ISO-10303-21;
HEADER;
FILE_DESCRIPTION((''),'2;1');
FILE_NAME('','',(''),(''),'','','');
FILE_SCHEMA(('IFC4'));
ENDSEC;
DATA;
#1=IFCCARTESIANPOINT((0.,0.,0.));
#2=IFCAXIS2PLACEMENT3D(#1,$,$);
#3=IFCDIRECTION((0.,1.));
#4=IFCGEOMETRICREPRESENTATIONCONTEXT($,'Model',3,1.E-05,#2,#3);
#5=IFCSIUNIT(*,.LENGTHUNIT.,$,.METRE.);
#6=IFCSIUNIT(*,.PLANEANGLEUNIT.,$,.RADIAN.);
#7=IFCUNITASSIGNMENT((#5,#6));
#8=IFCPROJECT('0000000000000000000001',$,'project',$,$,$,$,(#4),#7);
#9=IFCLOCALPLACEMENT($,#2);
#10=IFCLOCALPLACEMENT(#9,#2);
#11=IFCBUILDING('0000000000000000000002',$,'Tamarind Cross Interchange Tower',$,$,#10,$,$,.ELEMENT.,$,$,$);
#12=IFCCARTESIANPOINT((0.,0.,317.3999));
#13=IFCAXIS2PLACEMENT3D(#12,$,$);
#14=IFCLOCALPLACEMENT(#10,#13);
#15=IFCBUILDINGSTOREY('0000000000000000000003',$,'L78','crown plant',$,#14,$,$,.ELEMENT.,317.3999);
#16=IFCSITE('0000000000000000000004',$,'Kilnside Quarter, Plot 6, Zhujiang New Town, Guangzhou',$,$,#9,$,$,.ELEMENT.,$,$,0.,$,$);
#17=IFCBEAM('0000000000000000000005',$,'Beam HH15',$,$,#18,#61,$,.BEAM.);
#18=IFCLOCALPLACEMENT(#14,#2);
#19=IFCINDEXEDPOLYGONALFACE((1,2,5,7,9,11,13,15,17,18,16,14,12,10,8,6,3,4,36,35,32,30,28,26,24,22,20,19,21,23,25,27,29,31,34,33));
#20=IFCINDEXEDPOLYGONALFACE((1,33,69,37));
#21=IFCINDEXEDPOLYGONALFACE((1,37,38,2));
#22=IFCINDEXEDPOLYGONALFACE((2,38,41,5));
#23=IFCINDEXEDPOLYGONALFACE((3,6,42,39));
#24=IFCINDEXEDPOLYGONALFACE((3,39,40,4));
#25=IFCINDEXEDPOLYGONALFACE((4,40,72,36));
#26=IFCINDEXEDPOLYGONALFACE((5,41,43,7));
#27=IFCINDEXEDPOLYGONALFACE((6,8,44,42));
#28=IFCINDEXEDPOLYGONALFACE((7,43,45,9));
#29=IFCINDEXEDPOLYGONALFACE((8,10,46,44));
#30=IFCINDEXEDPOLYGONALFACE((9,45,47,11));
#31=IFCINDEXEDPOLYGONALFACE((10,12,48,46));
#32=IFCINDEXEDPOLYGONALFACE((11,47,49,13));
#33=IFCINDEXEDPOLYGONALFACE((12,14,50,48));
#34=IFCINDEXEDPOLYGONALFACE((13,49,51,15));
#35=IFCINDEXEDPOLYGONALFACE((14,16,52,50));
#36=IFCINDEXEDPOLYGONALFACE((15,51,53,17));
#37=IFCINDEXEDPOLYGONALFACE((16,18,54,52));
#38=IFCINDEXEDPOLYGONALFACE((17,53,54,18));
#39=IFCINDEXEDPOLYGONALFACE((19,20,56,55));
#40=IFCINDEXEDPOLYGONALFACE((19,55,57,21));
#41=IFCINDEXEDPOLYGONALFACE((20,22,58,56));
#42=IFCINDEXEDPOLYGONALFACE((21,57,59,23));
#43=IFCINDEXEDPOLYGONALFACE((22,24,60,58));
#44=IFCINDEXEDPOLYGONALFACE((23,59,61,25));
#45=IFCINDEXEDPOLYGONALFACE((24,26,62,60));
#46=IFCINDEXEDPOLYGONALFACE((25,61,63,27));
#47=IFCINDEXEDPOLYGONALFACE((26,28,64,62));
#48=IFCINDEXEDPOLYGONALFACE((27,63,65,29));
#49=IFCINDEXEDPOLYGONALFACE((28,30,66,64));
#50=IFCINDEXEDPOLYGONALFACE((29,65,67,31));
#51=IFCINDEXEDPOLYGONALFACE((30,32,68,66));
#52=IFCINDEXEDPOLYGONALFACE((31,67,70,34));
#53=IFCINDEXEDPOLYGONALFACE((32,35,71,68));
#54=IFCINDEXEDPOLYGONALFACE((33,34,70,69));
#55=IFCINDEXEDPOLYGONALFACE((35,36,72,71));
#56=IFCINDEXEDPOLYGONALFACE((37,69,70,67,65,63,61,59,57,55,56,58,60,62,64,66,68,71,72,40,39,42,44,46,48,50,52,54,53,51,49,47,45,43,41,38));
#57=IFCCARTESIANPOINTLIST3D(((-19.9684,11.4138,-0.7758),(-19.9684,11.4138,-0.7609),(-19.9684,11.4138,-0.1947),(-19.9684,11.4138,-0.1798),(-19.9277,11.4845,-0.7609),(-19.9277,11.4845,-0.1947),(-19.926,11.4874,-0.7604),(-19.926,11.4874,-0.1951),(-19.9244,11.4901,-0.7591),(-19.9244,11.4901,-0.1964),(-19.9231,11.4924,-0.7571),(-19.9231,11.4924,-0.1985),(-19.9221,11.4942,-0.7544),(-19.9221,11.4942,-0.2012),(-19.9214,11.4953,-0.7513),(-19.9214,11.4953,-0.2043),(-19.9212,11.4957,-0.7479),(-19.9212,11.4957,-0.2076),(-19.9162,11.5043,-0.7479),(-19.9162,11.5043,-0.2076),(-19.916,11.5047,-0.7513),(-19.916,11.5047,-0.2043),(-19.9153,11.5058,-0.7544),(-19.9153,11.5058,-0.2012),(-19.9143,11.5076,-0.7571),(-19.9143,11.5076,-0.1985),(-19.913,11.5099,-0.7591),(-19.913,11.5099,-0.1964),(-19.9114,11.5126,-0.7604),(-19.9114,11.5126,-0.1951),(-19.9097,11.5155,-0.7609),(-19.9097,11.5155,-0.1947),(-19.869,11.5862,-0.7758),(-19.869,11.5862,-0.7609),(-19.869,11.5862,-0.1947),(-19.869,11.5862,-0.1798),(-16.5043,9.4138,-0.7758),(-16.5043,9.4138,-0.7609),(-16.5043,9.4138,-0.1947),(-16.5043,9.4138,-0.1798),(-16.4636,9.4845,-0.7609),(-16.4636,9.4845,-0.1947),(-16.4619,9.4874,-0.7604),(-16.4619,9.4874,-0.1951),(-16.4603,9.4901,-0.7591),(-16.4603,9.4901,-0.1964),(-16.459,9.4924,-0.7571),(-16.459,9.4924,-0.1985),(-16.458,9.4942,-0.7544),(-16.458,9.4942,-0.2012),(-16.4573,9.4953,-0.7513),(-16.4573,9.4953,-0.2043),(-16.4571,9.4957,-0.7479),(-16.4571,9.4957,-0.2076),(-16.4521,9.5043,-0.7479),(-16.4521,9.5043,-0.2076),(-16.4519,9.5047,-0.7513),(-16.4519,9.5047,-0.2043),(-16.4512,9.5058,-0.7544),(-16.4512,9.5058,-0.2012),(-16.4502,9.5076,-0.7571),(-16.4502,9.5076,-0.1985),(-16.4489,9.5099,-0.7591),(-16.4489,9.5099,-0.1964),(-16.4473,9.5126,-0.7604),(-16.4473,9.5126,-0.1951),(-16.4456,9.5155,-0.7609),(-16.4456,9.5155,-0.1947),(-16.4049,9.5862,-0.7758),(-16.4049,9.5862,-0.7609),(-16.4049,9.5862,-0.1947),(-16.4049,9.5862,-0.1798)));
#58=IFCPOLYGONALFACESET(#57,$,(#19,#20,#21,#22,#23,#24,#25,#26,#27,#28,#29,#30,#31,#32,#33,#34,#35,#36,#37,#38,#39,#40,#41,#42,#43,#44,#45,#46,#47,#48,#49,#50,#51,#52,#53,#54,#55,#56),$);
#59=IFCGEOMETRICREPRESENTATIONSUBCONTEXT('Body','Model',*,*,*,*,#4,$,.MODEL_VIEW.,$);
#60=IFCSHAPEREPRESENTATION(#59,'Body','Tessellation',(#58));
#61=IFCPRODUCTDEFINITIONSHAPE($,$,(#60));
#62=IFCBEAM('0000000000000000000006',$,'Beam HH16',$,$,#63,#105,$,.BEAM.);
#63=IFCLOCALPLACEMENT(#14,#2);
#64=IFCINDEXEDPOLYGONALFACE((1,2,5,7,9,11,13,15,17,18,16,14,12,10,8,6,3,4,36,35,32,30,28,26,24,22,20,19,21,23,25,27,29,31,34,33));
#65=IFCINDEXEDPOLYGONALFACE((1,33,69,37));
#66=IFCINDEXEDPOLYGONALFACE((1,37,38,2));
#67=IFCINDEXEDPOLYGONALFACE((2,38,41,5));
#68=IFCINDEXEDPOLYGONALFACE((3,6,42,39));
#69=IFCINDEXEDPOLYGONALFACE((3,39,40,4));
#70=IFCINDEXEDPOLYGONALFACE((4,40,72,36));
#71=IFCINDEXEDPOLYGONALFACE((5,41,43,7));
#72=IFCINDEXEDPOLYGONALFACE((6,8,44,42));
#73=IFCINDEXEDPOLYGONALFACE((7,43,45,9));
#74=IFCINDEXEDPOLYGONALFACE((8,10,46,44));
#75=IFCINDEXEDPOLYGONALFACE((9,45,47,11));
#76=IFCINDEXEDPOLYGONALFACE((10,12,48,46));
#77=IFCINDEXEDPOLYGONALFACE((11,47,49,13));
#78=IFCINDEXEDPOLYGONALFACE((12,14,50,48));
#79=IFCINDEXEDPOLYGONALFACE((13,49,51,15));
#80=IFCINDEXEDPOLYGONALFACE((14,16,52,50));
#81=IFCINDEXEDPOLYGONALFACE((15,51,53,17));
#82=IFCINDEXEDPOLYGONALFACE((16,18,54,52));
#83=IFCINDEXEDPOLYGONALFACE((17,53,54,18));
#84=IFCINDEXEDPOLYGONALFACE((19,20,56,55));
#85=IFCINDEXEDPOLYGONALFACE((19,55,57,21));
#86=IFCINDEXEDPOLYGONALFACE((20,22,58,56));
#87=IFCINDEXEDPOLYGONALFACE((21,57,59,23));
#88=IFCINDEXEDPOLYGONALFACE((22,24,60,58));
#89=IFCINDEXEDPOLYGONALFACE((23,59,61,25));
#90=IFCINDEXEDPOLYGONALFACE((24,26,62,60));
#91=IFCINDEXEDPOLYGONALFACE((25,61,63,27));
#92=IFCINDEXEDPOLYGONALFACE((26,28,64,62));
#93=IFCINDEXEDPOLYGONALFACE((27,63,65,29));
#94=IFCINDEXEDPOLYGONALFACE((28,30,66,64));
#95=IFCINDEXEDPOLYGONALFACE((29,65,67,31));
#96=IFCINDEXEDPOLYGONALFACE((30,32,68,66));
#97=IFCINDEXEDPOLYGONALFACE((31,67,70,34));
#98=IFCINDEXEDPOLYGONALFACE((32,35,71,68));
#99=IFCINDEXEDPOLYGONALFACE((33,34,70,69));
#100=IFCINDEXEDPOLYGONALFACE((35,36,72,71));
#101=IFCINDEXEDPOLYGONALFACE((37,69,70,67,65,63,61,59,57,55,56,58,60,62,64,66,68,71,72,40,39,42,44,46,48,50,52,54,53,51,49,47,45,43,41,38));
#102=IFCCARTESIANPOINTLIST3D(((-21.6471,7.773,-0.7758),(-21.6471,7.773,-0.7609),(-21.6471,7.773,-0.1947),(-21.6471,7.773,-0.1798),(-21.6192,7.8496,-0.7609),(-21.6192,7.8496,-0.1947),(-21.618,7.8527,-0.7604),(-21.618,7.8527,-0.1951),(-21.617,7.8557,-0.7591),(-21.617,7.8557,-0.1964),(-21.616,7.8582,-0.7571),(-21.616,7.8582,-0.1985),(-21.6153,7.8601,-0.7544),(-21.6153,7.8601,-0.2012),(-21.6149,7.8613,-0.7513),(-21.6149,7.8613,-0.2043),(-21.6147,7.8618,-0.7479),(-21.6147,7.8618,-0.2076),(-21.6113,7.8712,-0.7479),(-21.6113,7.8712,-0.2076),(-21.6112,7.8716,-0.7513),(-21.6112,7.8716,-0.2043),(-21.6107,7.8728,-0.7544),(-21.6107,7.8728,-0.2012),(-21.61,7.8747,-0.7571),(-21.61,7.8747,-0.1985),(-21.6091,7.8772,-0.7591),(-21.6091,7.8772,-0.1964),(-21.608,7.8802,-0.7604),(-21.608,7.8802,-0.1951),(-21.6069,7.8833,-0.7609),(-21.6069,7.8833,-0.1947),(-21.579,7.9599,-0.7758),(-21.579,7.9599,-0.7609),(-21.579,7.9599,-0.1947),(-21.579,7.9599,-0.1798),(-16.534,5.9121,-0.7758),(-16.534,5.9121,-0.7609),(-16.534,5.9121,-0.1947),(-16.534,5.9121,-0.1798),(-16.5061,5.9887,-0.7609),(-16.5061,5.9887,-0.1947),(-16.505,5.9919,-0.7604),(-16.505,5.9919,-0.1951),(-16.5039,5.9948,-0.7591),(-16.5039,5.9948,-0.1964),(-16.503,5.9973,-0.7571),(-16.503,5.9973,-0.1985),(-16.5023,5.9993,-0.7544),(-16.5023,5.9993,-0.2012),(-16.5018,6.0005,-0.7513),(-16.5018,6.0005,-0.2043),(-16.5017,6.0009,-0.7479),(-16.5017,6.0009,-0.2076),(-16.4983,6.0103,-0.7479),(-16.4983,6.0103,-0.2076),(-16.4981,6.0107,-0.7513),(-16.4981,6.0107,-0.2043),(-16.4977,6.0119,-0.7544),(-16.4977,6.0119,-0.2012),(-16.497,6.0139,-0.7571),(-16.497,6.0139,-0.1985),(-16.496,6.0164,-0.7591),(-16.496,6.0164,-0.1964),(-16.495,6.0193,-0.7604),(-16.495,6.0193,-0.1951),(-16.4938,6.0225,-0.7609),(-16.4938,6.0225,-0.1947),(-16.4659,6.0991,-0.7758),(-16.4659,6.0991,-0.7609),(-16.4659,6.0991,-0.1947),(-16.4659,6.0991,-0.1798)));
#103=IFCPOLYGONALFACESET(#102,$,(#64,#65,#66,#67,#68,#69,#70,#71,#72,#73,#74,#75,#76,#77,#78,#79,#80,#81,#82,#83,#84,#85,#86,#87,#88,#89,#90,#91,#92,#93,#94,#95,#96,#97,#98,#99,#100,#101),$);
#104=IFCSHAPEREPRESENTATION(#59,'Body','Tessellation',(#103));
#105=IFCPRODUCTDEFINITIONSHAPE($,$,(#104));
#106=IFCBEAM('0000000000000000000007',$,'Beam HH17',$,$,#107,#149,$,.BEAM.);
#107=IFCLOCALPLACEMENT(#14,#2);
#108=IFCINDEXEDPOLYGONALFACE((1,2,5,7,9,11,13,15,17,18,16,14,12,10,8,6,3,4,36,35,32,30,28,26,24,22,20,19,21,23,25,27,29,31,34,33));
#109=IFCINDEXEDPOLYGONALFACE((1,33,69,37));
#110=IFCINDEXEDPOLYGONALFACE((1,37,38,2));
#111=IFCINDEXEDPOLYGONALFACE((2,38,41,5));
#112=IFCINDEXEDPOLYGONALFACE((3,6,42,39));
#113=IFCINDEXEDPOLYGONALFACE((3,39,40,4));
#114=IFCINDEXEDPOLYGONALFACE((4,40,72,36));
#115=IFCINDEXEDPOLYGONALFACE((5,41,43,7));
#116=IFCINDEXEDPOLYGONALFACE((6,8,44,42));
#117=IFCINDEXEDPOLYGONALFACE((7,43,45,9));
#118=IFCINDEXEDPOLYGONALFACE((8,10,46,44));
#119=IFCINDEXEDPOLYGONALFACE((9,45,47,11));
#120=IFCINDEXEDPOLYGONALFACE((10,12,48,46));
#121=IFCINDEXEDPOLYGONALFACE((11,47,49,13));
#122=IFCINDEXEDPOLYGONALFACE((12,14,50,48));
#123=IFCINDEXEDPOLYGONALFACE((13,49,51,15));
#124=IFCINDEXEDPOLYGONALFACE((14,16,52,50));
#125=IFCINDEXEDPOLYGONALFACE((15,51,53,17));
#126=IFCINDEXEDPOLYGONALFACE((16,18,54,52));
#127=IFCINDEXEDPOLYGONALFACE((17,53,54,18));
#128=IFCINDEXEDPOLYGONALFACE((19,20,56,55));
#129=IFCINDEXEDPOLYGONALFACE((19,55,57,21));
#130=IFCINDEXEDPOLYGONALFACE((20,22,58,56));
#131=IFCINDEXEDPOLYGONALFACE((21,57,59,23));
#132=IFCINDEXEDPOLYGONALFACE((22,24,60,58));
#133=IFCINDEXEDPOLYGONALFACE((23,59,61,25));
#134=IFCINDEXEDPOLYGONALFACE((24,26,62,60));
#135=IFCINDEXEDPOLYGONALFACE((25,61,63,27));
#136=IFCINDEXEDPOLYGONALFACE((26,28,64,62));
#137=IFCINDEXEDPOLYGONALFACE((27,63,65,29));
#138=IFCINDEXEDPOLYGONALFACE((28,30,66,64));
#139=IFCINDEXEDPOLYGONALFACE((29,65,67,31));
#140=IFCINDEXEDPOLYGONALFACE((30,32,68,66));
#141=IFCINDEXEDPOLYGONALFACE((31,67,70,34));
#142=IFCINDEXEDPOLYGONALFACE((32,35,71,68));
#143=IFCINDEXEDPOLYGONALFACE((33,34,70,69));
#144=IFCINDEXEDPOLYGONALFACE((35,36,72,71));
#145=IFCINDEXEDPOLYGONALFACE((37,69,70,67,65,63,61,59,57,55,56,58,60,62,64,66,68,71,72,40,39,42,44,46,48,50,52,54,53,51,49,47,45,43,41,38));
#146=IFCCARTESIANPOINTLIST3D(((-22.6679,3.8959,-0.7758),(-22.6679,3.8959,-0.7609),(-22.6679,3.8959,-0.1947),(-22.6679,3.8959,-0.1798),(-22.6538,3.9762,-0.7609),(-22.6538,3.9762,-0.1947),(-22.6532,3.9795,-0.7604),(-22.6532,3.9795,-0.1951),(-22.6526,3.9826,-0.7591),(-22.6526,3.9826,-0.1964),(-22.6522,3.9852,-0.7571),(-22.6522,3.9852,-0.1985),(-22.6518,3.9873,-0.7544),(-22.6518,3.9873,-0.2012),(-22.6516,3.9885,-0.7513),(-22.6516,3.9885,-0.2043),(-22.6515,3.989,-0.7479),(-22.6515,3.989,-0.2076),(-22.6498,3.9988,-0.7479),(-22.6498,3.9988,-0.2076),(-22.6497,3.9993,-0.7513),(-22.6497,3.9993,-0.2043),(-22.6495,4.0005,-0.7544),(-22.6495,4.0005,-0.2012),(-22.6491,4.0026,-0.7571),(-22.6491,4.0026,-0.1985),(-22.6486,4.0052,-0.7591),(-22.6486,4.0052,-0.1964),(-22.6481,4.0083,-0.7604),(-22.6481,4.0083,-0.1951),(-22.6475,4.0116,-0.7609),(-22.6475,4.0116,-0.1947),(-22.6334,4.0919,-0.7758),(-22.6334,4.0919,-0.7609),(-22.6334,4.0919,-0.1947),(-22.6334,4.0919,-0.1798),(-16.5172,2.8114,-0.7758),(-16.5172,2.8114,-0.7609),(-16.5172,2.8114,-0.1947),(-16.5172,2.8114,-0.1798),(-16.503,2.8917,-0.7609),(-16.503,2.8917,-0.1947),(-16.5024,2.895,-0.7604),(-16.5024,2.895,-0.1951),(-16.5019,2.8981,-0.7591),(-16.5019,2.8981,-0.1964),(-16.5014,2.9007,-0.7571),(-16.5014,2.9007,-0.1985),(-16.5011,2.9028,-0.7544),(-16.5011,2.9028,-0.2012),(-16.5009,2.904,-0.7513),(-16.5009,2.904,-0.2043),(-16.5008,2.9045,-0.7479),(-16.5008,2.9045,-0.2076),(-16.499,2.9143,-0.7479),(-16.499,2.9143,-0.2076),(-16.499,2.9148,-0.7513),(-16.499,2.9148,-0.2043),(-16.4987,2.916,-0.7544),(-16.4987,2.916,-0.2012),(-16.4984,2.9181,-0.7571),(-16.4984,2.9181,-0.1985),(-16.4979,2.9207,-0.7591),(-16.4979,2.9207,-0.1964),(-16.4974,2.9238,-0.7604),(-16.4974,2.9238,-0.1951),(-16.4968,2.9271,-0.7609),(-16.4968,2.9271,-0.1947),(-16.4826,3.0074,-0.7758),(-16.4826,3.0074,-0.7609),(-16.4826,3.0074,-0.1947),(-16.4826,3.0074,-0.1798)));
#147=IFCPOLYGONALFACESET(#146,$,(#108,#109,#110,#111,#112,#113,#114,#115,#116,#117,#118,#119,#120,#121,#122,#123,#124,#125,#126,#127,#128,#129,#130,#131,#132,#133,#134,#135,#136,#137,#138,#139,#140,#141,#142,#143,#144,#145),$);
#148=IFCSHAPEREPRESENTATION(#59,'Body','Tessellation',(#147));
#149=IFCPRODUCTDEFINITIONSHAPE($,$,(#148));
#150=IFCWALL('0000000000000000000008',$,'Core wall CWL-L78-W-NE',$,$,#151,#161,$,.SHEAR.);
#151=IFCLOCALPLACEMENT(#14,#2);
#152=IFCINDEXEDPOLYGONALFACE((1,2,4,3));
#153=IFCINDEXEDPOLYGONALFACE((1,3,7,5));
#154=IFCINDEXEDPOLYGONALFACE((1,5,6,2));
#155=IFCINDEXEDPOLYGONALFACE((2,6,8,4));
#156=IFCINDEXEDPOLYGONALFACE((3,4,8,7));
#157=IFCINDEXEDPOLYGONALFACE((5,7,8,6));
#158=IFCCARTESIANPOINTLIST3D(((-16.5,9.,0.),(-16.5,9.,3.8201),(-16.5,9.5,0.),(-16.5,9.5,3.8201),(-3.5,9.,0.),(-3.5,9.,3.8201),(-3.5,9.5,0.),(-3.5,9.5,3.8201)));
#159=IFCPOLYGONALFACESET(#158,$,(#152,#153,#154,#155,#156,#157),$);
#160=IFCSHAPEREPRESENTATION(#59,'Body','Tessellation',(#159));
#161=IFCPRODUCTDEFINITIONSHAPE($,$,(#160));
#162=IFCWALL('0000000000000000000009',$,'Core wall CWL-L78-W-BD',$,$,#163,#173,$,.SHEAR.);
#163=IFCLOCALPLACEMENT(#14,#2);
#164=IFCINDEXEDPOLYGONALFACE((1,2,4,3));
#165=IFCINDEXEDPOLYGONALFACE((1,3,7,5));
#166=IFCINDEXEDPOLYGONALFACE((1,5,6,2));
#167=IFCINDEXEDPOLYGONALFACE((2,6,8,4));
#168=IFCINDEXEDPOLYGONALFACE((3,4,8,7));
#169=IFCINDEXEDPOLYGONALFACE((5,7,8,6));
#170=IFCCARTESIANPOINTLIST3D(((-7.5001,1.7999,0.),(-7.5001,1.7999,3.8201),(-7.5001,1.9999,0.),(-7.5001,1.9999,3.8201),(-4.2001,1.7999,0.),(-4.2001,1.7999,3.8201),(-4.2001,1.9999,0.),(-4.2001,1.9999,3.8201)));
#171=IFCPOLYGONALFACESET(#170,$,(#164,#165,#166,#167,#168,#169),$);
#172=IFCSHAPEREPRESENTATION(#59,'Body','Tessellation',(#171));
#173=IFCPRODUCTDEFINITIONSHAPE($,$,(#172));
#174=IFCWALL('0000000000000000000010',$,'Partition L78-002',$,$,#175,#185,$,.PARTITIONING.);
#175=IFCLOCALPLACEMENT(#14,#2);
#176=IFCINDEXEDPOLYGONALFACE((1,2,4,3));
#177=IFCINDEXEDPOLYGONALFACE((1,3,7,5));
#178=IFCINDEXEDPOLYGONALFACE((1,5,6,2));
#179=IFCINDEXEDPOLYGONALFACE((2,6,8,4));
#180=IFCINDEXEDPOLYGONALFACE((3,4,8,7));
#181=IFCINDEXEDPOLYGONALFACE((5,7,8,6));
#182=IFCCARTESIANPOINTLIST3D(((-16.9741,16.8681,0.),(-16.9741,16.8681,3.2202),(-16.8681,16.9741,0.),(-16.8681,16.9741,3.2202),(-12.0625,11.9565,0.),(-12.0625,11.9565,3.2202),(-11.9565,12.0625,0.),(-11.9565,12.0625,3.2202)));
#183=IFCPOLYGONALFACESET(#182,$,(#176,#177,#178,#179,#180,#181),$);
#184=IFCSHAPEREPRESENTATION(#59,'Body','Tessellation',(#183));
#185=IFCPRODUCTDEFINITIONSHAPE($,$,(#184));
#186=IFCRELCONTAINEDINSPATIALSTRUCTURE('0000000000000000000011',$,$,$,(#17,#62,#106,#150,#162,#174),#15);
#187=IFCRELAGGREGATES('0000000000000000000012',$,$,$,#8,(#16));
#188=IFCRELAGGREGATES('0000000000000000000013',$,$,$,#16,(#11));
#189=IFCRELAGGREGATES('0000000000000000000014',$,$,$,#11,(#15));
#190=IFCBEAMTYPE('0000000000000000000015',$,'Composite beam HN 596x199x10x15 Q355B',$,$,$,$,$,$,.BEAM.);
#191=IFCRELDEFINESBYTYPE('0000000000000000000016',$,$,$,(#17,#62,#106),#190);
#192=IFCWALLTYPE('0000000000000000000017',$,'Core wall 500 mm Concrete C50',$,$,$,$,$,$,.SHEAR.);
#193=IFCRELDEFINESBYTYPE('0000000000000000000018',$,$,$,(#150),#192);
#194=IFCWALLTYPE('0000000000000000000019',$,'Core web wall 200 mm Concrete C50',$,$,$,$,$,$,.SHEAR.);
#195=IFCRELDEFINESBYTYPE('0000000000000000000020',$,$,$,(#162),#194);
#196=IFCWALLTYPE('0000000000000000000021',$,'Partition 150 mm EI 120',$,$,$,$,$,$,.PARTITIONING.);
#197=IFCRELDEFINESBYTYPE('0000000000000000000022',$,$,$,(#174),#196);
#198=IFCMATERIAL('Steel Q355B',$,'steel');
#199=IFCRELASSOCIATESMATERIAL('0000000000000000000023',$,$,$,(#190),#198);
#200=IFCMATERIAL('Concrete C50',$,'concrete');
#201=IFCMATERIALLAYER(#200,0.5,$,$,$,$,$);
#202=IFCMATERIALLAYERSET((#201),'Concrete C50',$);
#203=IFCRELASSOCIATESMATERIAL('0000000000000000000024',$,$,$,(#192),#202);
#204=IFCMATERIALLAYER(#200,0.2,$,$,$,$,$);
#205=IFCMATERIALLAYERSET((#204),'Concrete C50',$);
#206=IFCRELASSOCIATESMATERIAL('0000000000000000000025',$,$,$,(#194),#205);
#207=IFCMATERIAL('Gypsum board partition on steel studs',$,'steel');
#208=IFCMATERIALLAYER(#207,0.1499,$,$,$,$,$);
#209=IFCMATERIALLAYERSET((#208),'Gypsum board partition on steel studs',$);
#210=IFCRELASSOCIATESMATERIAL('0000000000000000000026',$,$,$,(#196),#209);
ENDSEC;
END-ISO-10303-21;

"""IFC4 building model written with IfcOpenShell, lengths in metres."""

from ifc_helpers import new_model, si_unit, direction, frame, frame_2d, origin, origin_2d, place, context, subcontext, project, spatial, rectangle, i_section, extrude, material, layer, layer_set, material_profile, profile_set, type_object, element, save


model = new_model("IFC4")

# Units and contexts
model_context = context("Model", 3, precision=1e-05, world=origin(), true_north=direction((0.0, 1.0)))
body_context = subcontext(model_context, "Body", "Model", "MODEL_VIEW")
ifc_project = project(units=[si_unit("LENGTHUNIT", "METRE"), si_unit("PLANEANGLEUNIT", "RADIAN")], contexts=[model_context])

# Site, building, storey
site_placement = place(None, origin())
site = spatial("IfcSite", under=ifc_project, at=site_placement, Name="Kilnside Quarter, Plot 6, Zhujiang New Town, Guangzhou", CompositionType="ELEMENT", RefElevation=0.0)
building_placement = place(site_placement, origin())
building = spatial("IfcBuilding", under=site, at=building_placement, Name="Tamarind Cross Interchange Tower", CompositionType="ELEMENT")
storey_placement = place(building_placement, frame((0.0, 0.0, 317.3999)))
storey = spatial("IfcBuildingStorey", under=building, at=storey_placement, Name="L78", Description="crown plant", CompositionType="ELEMENT", Elevation=317.3999)

# Beams
ifc_material_1 = material(Name="Steel Q355B", Category="steel")
ifc_material_profile_1 = material_profile(ifc_material_1, i_section(OverallWidth=0.199, OverallDepth=0.5959, WebThickness=0.01, FlangeThickness=0.0149, FilletRadius=0.0129, at=origin_2d()), Name="HN 596x199x10x15")
ifc_profile_set_1 = profile_set([ifc_material_profile_1], Name="Steel Q355B")
beam_type_1 = type_object("IfcBeamType", Name="Composite beam HN 596x199x10x15 Q355B", PredefinedType="BEAM", material=ifc_profile_set_1)
beam_1_placement = place(storey_placement, frame((-19.9187, 11.5, -0.4778), z_axis=(0.866026, -0.499999, 0.0), x_axis=(0.499999, 0.866026, 0.0)))
element("IfcBeam", 1, at=beam_1_placement, inside=storey, type_object=beam_type_1, Name="Beam HH15", PredefinedType="BEAM", context=body_context, shape_type="SweptSolid", body=[
    extrude(i_section(OverallWidth=0.199, OverallDepth=0.5959, WebThickness=0.01, FlangeThickness=0.0149, FilletRadius=0.0129, at=origin_2d()), origin(), (0.0, 0.0, 1.0), 4.0),
])
beam_2_placement = place(storey_placement, frame((-21.613, 7.8665, -0.4778), z_axis=(0.939702, -0.341995, 0.0), x_axis=(0.341995, 0.939702, 0.0)))
element("IfcBeam", 2, at=beam_2_placement, inside=storey, type_object=beam_type_1, Name="Beam HH16", PredefinedType="BEAM", context=body_context, shape_type="SweptSolid", body=[
    extrude(i_section(OverallWidth=0.199, OverallDepth=0.5959, WebThickness=0.01, FlangeThickness=0.0149, FilletRadius=0.0129, at=origin_2d()), origin(), (0.0, 0.0, 1.0), 5.4412),
])
beam_3_placement = place(storey_placement, frame((-22.6506, 3.9939, -0.4778), z_axis=(0.984809, -0.17364, 0.0), x_axis=(0.17364, 0.984809, 0.0)))
element("IfcBeam", 3, at=beam_3_placement, inside=storey, type_object=beam_type_1, Name="Beam HH17", PredefinedType="BEAM", context=body_context, shape_type="SweptSolid", body=[
    extrude(i_section(OverallWidth=0.199, OverallDepth=0.5959, WebThickness=0.01, FlangeThickness=0.0149, FilletRadius=0.0129, at=origin_2d()), origin(), (0.0, 0.0, 1.0), 6.2456),
])

# Walls
ifc_material_2 = material(Name="Concrete C50", Category="concrete")
ifc_layer_1 = layer(ifc_material_2, 0.5)
ifc_layer_set_1 = layer_set([ifc_layer_1], Name="Concrete C50")
wall_type_1 = type_object("IfcWallType", Name="Core wall 500 mm Concrete C50", PredefinedType="SHEAR", material=ifc_layer_set_1)
wall_1_placement = place(storey_placement, frame((-16.5, 9.25, 0.0), z_axis=(0.0, 0.0, 1.0), x_axis=(1.0, 0.0, 0.0)))
element("IfcWall", 4, at=wall_1_placement, inside=storey, type_object=wall_type_1, Name="Core wall CWL-L78-W-NE", PredefinedType="SHEAR", context=body_context, shape_type="SweptSolid", body=[
    extrude(rectangle(XDim=13.0, YDim=0.5, at=frame_2d((6.5, 0.0))), origin(), (0.0, 0.0, 1.0), 3.8201),
])
ifc_layer_2 = layer(ifc_material_2, 0.2)
ifc_layer_set_2 = layer_set([ifc_layer_2], Name="Concrete C50")
wall_type_2 = type_object("IfcWallType", Name="Core web wall 200 mm Concrete C50", PredefinedType="SHEAR", material=ifc_layer_set_2)
wall_2_placement = place(storey_placement, frame((-7.5, 1.8999, 0.0), z_axis=(0.0, 0.0, 1.0), x_axis=(1.0, 0.0, 0.0)))
element("IfcWall", 5, at=wall_2_placement, inside=storey, type_object=wall_type_2, Name="Core wall CWL-L78-W-BD", PredefinedType="SHEAR", context=body_context, shape_type="SweptSolid", body=[
    extrude(rectangle(XDim=3.3, YDim=0.2, at=frame_2d((1.6499, 0.0))), origin(), (0.0, 0.0, 1.0), 3.8201),
])
ifc_material_3 = material(Name="Gypsum board partition on steel studs", Category="steel")
ifc_layer_3 = layer(ifc_material_3, 0.1499)
ifc_layer_set_3 = layer_set([ifc_layer_3], Name="Gypsum board partition on steel studs")
wall_type_3 = type_object("IfcWallType", Name="Partition 150 mm EI 120", PredefinedType="PARTITIONING", material=ifc_layer_set_3)
wall_3_placement = place(storey_placement, frame((-16.9211, 16.9211, 0.0), z_axis=(0.0, 0.0, 1.0), x_axis=(0.707107, -0.707107, 0.0)))
element("IfcWall", 6, at=wall_3_placement, inside=storey, type_object=wall_type_3, Name="Partition L78-002", PredefinedType="PARTITIONING", context=body_context, shape_type="SweptSolid", body=[
    extrude(rectangle(XDim=6.946, YDim=0.1499, at=frame_2d((3.4731, 0.0))), origin(), (0.0, 0.0, 1.0), 3.2202),
])

save(model, "model.ifc")
